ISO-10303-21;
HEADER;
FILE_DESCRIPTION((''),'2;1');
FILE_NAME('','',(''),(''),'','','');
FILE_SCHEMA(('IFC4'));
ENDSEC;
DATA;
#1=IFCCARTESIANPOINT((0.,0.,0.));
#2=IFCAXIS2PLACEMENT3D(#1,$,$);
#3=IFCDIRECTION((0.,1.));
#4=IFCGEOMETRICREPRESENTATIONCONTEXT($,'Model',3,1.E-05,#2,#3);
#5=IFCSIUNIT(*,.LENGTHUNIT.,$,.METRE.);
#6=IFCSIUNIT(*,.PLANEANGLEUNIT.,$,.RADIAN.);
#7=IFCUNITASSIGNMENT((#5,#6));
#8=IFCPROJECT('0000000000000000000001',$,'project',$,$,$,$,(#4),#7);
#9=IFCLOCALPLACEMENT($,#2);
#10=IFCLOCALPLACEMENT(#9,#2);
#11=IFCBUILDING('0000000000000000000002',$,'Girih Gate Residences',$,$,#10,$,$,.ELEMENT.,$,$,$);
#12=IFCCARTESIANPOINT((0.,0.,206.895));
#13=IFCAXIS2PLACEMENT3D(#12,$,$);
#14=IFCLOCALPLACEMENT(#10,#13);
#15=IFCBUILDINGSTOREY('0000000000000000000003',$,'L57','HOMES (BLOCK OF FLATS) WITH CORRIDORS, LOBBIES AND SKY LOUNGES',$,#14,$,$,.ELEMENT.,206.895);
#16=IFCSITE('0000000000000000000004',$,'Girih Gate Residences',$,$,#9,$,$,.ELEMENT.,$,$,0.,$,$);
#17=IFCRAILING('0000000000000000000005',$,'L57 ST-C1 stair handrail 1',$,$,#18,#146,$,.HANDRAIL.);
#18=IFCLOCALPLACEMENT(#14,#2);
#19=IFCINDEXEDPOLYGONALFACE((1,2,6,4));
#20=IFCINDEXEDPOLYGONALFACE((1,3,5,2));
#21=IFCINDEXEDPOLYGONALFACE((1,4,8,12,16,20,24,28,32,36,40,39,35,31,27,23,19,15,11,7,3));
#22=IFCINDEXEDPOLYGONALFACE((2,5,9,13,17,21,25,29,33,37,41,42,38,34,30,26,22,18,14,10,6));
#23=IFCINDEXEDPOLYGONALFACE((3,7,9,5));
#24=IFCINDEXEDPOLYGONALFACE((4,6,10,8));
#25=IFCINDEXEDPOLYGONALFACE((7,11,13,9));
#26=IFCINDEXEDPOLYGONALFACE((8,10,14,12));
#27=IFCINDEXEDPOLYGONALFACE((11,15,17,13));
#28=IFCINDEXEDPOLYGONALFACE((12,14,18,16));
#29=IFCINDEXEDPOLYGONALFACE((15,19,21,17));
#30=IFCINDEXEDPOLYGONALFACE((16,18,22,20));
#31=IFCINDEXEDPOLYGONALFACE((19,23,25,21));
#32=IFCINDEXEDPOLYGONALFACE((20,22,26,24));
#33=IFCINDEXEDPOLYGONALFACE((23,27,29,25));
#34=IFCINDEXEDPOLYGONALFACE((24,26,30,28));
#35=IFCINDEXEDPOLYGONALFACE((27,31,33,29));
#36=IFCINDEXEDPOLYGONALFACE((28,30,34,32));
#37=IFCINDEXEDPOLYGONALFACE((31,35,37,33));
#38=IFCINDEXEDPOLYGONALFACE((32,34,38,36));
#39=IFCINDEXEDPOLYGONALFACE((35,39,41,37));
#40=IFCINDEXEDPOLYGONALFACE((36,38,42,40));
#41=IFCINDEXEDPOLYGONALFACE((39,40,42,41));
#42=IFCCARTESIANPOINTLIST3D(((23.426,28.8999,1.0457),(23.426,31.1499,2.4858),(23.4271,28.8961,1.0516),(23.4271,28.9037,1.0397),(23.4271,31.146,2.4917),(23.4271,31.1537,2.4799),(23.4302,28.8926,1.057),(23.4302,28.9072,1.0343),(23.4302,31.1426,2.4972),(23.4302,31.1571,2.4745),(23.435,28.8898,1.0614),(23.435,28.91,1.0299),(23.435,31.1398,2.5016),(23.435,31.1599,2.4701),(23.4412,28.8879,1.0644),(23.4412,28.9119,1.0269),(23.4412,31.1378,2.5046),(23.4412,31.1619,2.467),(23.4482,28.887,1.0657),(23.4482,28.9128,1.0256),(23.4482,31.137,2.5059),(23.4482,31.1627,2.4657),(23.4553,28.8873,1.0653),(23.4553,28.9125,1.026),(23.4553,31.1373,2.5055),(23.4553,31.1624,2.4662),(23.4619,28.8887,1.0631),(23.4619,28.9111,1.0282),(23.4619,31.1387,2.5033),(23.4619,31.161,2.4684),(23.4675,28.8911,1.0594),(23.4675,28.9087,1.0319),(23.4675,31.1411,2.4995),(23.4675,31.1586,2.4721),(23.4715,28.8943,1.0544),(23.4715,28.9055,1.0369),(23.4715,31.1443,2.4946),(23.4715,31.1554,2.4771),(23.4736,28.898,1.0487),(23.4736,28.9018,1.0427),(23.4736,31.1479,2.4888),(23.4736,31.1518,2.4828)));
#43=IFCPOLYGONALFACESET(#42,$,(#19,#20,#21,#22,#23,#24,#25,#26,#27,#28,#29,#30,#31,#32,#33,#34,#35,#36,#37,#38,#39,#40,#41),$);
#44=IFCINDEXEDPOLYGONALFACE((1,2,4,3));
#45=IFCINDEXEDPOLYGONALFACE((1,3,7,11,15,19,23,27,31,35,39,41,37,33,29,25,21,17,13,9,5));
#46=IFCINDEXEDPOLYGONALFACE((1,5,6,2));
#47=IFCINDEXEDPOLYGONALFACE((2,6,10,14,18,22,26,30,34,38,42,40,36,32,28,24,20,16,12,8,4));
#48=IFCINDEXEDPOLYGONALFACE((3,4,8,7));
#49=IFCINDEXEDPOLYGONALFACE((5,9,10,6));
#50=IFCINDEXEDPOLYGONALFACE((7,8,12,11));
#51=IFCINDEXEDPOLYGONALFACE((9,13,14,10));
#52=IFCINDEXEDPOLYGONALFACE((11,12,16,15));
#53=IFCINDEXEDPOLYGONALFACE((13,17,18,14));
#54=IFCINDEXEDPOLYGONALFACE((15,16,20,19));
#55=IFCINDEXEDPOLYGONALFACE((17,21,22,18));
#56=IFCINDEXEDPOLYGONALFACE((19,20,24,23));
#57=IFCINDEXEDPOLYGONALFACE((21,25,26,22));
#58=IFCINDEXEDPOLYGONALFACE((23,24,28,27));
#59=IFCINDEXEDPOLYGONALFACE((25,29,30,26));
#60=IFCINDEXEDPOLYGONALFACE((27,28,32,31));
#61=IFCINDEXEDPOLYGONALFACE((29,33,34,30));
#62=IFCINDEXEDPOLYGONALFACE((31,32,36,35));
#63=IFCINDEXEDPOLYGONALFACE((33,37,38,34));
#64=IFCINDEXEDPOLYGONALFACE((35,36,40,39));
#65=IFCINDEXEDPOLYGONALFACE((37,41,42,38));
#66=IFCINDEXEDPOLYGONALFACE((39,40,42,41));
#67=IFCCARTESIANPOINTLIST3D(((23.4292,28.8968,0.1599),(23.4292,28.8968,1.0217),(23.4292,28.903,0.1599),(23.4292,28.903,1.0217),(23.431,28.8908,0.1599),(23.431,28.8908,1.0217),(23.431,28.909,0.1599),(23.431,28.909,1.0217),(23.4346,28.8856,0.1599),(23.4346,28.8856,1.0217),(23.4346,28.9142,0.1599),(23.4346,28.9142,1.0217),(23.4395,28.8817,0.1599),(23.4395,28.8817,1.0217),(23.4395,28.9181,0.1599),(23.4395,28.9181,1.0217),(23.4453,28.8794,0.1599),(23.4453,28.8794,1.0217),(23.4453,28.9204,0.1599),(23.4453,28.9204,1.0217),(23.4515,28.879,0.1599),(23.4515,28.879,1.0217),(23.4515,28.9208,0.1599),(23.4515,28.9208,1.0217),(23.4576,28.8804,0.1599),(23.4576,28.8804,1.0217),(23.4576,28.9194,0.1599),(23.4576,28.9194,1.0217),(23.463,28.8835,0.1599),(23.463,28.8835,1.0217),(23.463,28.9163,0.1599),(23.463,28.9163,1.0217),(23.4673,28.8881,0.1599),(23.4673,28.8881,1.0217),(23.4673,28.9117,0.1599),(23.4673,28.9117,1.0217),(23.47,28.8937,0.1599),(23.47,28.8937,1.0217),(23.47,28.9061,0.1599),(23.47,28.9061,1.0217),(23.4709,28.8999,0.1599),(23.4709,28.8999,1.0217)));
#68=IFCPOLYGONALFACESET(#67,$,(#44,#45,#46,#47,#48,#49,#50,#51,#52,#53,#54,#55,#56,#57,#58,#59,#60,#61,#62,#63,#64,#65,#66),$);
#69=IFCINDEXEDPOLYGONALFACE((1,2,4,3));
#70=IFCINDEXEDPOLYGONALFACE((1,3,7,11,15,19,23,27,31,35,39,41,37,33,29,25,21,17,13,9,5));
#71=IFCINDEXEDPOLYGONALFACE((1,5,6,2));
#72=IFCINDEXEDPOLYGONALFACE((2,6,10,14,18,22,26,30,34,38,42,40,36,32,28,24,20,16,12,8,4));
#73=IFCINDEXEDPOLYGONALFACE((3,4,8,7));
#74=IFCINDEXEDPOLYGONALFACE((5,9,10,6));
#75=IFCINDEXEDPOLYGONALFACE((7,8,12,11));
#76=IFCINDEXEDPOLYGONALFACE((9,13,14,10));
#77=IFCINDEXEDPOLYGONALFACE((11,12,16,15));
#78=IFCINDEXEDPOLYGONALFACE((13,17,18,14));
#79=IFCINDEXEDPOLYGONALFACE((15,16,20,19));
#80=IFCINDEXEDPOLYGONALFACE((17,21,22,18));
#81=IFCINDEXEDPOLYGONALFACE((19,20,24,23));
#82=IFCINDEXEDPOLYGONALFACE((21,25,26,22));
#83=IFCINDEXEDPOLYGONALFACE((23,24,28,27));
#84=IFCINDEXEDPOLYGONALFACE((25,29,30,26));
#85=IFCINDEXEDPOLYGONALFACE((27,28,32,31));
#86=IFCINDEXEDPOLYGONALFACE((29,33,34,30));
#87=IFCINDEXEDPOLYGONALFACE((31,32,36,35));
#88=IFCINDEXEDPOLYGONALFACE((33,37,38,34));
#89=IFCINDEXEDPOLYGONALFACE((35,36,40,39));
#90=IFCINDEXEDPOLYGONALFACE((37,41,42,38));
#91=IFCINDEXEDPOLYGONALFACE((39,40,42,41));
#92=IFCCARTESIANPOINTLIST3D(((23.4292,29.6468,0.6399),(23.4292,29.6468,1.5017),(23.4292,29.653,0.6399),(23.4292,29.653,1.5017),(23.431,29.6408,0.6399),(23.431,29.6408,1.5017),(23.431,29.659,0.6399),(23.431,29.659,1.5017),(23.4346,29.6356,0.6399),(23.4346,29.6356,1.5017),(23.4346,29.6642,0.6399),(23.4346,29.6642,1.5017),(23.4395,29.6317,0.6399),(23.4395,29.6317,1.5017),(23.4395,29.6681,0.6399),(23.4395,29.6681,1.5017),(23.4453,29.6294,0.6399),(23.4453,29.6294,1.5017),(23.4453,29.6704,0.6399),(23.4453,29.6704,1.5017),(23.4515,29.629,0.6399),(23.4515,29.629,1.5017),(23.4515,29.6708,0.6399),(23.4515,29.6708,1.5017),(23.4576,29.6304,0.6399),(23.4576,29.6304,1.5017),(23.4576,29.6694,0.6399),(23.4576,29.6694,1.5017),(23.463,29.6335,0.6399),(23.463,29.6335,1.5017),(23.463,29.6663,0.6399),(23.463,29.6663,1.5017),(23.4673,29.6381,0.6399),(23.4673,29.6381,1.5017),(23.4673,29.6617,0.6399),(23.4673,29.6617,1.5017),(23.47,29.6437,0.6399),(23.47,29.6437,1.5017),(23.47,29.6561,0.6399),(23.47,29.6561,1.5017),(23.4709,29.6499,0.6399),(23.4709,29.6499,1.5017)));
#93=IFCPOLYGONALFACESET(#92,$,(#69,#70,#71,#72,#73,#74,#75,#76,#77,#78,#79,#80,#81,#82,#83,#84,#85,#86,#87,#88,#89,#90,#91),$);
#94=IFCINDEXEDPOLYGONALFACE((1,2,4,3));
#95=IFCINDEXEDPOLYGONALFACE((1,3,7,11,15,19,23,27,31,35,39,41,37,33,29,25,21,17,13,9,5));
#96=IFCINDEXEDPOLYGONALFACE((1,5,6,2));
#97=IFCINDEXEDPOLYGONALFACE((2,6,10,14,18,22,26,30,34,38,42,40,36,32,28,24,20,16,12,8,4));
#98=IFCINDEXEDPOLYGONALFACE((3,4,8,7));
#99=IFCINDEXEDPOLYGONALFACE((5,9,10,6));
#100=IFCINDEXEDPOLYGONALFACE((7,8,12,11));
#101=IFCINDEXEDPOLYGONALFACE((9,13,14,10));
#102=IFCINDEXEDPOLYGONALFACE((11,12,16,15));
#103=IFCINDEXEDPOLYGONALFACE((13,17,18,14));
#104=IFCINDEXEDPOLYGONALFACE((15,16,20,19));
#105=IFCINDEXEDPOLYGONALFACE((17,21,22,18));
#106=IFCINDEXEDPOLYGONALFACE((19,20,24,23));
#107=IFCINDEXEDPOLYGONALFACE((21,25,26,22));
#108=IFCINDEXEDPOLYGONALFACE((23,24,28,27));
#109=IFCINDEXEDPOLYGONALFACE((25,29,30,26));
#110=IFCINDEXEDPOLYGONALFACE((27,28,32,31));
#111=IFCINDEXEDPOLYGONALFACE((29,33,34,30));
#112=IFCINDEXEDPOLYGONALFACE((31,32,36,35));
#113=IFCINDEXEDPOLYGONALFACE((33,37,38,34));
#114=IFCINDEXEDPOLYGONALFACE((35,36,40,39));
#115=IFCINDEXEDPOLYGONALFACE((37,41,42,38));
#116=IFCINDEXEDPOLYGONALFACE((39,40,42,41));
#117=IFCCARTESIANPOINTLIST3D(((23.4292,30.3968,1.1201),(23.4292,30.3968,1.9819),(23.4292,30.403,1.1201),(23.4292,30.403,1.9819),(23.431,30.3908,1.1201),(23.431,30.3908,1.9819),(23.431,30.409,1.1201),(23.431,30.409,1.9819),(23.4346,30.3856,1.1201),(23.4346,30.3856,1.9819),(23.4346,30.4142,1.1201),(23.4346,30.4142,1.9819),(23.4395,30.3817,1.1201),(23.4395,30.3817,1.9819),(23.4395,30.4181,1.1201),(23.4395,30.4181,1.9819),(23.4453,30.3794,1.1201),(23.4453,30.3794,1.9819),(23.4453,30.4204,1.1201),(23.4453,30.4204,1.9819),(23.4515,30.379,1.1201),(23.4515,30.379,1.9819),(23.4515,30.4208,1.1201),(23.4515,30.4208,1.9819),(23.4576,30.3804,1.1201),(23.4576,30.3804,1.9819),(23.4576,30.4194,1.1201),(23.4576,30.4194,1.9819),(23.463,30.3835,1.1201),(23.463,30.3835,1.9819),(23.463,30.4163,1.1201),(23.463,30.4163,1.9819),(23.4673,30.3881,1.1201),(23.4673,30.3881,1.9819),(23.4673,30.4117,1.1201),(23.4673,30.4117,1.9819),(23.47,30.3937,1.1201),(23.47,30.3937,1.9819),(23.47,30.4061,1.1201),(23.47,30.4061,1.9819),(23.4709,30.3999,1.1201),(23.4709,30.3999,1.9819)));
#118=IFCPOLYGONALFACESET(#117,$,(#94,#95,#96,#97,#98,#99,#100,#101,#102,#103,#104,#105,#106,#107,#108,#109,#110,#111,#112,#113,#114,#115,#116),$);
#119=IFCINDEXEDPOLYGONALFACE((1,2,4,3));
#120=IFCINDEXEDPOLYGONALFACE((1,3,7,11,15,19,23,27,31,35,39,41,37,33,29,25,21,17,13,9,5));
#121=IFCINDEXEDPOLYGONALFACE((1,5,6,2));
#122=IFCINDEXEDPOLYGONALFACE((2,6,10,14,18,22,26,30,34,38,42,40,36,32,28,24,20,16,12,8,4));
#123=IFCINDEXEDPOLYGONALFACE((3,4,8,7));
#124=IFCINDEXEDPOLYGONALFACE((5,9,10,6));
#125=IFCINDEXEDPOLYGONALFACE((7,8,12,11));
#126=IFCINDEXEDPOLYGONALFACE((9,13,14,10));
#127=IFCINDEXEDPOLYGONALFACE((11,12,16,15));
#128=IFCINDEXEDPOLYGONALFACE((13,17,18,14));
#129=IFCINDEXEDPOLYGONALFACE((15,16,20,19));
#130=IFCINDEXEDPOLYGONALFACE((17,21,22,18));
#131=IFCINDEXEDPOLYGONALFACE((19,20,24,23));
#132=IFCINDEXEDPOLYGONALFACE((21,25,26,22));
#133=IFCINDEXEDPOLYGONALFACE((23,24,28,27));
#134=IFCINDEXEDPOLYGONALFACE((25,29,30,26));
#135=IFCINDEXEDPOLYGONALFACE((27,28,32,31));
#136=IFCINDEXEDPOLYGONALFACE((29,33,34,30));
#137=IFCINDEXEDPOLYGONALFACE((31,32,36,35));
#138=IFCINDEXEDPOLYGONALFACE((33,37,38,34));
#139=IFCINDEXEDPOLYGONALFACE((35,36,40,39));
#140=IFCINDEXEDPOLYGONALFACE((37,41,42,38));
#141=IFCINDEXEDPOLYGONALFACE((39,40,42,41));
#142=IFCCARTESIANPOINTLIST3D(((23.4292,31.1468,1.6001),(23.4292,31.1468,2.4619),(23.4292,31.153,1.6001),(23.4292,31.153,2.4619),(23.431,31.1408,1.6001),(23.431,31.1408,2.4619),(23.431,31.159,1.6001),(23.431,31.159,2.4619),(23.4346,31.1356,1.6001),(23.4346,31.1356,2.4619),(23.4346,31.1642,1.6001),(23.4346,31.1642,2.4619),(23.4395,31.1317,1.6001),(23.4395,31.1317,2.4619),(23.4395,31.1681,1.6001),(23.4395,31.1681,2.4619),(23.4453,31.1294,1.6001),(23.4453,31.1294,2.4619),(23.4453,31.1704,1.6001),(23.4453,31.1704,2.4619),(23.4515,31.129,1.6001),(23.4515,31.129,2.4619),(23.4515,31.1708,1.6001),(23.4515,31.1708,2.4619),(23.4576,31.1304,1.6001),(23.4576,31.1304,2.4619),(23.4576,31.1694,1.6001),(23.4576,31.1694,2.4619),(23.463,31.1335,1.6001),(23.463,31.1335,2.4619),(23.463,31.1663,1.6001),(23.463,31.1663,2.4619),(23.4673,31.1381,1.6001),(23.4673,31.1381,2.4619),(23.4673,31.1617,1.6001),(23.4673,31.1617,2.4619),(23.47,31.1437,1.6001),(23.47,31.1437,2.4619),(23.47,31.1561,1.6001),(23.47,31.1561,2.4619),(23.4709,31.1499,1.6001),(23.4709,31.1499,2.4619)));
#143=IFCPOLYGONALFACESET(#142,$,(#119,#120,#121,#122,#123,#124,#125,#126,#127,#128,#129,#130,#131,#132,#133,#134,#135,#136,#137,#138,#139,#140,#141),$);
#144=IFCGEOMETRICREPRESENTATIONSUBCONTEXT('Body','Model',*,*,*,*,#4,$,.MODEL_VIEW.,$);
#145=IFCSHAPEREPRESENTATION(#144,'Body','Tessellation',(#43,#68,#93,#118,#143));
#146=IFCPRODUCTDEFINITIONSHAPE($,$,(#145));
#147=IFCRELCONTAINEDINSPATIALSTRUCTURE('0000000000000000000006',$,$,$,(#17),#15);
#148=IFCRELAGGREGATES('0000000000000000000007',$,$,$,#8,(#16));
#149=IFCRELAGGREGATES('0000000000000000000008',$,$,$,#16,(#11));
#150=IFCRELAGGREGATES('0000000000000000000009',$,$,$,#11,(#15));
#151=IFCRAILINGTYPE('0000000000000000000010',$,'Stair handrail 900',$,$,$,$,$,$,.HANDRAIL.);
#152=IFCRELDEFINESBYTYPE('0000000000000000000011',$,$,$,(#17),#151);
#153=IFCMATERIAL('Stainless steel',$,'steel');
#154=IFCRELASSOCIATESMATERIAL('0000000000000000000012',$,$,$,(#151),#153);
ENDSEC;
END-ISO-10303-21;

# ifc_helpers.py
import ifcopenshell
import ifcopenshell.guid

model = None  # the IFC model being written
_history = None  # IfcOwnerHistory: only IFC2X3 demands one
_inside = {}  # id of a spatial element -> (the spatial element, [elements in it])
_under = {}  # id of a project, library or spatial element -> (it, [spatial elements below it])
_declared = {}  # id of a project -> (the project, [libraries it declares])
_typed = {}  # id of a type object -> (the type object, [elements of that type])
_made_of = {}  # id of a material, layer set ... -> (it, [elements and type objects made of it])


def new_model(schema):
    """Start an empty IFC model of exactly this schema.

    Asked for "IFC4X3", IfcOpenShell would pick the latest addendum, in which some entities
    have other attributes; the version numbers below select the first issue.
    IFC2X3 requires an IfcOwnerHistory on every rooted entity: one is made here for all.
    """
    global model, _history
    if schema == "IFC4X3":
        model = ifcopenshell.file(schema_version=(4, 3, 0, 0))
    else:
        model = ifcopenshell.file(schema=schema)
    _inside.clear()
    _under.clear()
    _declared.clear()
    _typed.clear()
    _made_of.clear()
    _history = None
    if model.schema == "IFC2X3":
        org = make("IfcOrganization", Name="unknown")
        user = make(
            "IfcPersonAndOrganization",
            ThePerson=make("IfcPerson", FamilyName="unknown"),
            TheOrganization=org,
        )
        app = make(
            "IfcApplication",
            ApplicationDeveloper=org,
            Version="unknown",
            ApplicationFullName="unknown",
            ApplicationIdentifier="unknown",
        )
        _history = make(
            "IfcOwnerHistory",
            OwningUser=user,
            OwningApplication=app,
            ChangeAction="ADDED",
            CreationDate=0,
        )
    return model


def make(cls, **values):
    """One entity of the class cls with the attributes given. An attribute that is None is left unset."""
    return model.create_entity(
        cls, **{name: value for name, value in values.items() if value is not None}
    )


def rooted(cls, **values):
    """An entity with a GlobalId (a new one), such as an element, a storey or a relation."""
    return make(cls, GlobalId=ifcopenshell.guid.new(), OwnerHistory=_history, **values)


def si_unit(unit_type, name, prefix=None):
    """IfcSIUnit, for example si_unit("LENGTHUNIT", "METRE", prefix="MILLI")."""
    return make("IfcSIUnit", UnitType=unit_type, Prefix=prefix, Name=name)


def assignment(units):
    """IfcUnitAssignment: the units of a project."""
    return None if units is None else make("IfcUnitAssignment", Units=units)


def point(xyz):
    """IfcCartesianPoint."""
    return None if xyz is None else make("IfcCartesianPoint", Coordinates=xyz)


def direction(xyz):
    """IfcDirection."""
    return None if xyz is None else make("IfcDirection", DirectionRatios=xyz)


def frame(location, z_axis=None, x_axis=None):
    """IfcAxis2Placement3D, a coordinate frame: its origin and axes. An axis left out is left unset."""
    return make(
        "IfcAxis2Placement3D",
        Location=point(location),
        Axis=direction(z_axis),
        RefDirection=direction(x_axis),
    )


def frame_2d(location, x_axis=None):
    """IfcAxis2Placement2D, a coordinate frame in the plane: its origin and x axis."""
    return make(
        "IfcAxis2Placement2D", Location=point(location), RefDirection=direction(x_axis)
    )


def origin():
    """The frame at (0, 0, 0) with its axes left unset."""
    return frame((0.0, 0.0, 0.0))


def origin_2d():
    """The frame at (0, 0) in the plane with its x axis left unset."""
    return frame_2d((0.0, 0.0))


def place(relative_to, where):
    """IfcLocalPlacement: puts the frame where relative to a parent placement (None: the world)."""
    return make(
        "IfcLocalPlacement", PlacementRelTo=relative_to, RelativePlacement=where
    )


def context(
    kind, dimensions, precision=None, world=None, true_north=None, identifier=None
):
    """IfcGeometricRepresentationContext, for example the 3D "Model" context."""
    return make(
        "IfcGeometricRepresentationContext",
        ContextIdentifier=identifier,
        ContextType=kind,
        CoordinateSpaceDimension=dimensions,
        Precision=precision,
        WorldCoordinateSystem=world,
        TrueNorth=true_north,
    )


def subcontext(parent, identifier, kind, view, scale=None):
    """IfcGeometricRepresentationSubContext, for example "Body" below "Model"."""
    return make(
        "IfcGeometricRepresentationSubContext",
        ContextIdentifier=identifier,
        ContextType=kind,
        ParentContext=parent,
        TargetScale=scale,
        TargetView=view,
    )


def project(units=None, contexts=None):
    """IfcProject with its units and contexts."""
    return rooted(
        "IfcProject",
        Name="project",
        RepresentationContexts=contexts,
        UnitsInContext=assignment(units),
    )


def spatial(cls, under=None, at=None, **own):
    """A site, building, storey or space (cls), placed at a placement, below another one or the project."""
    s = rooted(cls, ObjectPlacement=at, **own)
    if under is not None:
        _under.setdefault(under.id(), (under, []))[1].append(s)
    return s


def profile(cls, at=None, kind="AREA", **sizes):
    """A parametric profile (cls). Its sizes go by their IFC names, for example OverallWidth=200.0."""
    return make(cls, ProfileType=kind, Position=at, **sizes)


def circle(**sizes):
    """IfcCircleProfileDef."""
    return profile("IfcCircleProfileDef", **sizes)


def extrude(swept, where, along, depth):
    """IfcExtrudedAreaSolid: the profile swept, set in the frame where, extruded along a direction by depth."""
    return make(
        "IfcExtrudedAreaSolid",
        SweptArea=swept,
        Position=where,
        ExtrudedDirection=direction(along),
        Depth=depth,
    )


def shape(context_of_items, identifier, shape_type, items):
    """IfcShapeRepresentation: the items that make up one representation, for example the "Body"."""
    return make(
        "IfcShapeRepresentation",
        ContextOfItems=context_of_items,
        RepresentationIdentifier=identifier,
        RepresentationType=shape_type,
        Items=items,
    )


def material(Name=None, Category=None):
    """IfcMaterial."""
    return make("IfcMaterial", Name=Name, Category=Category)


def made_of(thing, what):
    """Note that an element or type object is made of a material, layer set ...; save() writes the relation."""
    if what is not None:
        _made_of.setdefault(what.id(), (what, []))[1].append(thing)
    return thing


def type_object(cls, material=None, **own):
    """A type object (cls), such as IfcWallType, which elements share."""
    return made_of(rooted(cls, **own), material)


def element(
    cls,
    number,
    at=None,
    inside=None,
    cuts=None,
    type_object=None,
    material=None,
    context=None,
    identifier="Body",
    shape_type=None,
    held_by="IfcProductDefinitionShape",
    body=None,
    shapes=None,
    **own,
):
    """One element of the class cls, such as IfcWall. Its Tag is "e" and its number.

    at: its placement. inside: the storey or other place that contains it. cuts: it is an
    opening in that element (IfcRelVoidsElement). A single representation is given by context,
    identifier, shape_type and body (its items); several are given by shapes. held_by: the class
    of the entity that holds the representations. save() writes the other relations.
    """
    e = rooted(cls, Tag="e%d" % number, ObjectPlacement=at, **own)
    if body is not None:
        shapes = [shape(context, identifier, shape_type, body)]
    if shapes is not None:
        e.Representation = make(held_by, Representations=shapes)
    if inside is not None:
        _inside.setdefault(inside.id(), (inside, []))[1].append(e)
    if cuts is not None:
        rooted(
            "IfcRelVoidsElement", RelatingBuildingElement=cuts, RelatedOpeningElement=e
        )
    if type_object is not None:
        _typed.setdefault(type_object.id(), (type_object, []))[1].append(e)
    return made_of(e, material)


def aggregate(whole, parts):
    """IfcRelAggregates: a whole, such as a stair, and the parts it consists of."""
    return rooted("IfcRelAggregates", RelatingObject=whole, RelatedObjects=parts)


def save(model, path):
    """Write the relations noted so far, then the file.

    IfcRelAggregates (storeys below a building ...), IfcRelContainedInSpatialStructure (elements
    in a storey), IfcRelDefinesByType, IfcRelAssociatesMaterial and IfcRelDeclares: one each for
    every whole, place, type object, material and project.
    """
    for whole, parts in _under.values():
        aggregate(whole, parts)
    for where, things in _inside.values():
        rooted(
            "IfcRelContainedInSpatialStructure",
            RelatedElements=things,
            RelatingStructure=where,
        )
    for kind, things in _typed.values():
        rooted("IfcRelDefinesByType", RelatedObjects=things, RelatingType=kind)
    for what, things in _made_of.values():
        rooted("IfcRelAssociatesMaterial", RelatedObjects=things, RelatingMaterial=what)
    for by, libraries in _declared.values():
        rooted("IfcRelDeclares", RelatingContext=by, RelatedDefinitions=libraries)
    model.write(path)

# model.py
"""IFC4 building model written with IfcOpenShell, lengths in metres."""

from ifc_helpers import new_model, si_unit, direction, frame, origin, origin_2d, place, context, subcontext, project, spatial, circle, extrude, material, type_object, element, save


model = new_model("IFC4")

# Units and contexts
model_context = context("Model", 3, precision=1e-05, world=origin(), true_north=direction((0.0, 1.0)))
body_context = subcontext(model_context, "Body", "Model", "MODEL_VIEW")
ifc_project = project(units=[si_unit("LENGTHUNIT", "METRE"), si_unit("PLANEANGLEUNIT", "RADIAN")], contexts=[model_context])

# Site, building, storey
site_placement = place(None, origin())
site = spatial("IfcSite", under=ifc_project, at=site_placement, Name="Girih Gate Residences", CompositionType="ELEMENT", RefElevation=0.0)
building_placement = place(site_placement, origin())
building = spatial("IfcBuilding", under=site, at=building_placement, Name="Girih Gate Residences", CompositionType="ELEMENT")
storey_placement = place(building_placement, frame((0.0, 0.0, 206.895)))
storey = spatial("IfcBuildingStorey", under=building, at=storey_placement, Name="L57", Description="HOMES (BLOCK OF FLATS) WITH CORRIDORS, LOBBIES AND SKY LOUNGES", CompositionType="ELEMENT", Elevation=206.895)

# Railing
ifc_material_1 = material(Name="Stainless steel", Category="steel")
railing_type_1 = type_object("IfcRailingType", Name="Stair handrail 900", PredefinedType="HANDRAIL", material=ifc_material_1)
for number, where, name in (
    (1, (23.45, 28.8999, 0.1599), "L57 ST-C1 stair handrail 1"),
):
    element("IfcRailing", number, at=place(storey_placement, frame(where)), inside=storey, type_object=railing_type_1, Name=name, PredefinedType="HANDRAIL", context=body_context, shape_type="SweptSolid", body=[
        extrude(circle(Radius=0.0239, at=origin_2d()), frame((0.0, 0.0, 0.8857), z_axis=(0.0, 0.84224, 0.539103), x_axis=(-1.0, 0.0, 0.0)), (0.0, 0.0, 1.0), 2.6714),
        extrude(circle(Radius=0.021, at=origin_2d()), origin(), (0.0, 0.0, 1.0), 0.8618),
        extrude(circle(Radius=0.021, at=origin_2d()), frame((0.0, 0.75, 0.48)), (0.0, 0.0, 1.0), 0.8618),
        extrude(circle(Radius=0.021, at=origin_2d()), frame((0.0, 1.5, 0.9602)), (0.0, 0.0, 1.0), 0.8618),
        extrude(circle(Radius=0.021, at=origin_2d()), frame((0.0, 2.25, 1.4402)), (0.0, 0.0, 1.0), 0.8618),
    ])

save(model, "model.ifc")
